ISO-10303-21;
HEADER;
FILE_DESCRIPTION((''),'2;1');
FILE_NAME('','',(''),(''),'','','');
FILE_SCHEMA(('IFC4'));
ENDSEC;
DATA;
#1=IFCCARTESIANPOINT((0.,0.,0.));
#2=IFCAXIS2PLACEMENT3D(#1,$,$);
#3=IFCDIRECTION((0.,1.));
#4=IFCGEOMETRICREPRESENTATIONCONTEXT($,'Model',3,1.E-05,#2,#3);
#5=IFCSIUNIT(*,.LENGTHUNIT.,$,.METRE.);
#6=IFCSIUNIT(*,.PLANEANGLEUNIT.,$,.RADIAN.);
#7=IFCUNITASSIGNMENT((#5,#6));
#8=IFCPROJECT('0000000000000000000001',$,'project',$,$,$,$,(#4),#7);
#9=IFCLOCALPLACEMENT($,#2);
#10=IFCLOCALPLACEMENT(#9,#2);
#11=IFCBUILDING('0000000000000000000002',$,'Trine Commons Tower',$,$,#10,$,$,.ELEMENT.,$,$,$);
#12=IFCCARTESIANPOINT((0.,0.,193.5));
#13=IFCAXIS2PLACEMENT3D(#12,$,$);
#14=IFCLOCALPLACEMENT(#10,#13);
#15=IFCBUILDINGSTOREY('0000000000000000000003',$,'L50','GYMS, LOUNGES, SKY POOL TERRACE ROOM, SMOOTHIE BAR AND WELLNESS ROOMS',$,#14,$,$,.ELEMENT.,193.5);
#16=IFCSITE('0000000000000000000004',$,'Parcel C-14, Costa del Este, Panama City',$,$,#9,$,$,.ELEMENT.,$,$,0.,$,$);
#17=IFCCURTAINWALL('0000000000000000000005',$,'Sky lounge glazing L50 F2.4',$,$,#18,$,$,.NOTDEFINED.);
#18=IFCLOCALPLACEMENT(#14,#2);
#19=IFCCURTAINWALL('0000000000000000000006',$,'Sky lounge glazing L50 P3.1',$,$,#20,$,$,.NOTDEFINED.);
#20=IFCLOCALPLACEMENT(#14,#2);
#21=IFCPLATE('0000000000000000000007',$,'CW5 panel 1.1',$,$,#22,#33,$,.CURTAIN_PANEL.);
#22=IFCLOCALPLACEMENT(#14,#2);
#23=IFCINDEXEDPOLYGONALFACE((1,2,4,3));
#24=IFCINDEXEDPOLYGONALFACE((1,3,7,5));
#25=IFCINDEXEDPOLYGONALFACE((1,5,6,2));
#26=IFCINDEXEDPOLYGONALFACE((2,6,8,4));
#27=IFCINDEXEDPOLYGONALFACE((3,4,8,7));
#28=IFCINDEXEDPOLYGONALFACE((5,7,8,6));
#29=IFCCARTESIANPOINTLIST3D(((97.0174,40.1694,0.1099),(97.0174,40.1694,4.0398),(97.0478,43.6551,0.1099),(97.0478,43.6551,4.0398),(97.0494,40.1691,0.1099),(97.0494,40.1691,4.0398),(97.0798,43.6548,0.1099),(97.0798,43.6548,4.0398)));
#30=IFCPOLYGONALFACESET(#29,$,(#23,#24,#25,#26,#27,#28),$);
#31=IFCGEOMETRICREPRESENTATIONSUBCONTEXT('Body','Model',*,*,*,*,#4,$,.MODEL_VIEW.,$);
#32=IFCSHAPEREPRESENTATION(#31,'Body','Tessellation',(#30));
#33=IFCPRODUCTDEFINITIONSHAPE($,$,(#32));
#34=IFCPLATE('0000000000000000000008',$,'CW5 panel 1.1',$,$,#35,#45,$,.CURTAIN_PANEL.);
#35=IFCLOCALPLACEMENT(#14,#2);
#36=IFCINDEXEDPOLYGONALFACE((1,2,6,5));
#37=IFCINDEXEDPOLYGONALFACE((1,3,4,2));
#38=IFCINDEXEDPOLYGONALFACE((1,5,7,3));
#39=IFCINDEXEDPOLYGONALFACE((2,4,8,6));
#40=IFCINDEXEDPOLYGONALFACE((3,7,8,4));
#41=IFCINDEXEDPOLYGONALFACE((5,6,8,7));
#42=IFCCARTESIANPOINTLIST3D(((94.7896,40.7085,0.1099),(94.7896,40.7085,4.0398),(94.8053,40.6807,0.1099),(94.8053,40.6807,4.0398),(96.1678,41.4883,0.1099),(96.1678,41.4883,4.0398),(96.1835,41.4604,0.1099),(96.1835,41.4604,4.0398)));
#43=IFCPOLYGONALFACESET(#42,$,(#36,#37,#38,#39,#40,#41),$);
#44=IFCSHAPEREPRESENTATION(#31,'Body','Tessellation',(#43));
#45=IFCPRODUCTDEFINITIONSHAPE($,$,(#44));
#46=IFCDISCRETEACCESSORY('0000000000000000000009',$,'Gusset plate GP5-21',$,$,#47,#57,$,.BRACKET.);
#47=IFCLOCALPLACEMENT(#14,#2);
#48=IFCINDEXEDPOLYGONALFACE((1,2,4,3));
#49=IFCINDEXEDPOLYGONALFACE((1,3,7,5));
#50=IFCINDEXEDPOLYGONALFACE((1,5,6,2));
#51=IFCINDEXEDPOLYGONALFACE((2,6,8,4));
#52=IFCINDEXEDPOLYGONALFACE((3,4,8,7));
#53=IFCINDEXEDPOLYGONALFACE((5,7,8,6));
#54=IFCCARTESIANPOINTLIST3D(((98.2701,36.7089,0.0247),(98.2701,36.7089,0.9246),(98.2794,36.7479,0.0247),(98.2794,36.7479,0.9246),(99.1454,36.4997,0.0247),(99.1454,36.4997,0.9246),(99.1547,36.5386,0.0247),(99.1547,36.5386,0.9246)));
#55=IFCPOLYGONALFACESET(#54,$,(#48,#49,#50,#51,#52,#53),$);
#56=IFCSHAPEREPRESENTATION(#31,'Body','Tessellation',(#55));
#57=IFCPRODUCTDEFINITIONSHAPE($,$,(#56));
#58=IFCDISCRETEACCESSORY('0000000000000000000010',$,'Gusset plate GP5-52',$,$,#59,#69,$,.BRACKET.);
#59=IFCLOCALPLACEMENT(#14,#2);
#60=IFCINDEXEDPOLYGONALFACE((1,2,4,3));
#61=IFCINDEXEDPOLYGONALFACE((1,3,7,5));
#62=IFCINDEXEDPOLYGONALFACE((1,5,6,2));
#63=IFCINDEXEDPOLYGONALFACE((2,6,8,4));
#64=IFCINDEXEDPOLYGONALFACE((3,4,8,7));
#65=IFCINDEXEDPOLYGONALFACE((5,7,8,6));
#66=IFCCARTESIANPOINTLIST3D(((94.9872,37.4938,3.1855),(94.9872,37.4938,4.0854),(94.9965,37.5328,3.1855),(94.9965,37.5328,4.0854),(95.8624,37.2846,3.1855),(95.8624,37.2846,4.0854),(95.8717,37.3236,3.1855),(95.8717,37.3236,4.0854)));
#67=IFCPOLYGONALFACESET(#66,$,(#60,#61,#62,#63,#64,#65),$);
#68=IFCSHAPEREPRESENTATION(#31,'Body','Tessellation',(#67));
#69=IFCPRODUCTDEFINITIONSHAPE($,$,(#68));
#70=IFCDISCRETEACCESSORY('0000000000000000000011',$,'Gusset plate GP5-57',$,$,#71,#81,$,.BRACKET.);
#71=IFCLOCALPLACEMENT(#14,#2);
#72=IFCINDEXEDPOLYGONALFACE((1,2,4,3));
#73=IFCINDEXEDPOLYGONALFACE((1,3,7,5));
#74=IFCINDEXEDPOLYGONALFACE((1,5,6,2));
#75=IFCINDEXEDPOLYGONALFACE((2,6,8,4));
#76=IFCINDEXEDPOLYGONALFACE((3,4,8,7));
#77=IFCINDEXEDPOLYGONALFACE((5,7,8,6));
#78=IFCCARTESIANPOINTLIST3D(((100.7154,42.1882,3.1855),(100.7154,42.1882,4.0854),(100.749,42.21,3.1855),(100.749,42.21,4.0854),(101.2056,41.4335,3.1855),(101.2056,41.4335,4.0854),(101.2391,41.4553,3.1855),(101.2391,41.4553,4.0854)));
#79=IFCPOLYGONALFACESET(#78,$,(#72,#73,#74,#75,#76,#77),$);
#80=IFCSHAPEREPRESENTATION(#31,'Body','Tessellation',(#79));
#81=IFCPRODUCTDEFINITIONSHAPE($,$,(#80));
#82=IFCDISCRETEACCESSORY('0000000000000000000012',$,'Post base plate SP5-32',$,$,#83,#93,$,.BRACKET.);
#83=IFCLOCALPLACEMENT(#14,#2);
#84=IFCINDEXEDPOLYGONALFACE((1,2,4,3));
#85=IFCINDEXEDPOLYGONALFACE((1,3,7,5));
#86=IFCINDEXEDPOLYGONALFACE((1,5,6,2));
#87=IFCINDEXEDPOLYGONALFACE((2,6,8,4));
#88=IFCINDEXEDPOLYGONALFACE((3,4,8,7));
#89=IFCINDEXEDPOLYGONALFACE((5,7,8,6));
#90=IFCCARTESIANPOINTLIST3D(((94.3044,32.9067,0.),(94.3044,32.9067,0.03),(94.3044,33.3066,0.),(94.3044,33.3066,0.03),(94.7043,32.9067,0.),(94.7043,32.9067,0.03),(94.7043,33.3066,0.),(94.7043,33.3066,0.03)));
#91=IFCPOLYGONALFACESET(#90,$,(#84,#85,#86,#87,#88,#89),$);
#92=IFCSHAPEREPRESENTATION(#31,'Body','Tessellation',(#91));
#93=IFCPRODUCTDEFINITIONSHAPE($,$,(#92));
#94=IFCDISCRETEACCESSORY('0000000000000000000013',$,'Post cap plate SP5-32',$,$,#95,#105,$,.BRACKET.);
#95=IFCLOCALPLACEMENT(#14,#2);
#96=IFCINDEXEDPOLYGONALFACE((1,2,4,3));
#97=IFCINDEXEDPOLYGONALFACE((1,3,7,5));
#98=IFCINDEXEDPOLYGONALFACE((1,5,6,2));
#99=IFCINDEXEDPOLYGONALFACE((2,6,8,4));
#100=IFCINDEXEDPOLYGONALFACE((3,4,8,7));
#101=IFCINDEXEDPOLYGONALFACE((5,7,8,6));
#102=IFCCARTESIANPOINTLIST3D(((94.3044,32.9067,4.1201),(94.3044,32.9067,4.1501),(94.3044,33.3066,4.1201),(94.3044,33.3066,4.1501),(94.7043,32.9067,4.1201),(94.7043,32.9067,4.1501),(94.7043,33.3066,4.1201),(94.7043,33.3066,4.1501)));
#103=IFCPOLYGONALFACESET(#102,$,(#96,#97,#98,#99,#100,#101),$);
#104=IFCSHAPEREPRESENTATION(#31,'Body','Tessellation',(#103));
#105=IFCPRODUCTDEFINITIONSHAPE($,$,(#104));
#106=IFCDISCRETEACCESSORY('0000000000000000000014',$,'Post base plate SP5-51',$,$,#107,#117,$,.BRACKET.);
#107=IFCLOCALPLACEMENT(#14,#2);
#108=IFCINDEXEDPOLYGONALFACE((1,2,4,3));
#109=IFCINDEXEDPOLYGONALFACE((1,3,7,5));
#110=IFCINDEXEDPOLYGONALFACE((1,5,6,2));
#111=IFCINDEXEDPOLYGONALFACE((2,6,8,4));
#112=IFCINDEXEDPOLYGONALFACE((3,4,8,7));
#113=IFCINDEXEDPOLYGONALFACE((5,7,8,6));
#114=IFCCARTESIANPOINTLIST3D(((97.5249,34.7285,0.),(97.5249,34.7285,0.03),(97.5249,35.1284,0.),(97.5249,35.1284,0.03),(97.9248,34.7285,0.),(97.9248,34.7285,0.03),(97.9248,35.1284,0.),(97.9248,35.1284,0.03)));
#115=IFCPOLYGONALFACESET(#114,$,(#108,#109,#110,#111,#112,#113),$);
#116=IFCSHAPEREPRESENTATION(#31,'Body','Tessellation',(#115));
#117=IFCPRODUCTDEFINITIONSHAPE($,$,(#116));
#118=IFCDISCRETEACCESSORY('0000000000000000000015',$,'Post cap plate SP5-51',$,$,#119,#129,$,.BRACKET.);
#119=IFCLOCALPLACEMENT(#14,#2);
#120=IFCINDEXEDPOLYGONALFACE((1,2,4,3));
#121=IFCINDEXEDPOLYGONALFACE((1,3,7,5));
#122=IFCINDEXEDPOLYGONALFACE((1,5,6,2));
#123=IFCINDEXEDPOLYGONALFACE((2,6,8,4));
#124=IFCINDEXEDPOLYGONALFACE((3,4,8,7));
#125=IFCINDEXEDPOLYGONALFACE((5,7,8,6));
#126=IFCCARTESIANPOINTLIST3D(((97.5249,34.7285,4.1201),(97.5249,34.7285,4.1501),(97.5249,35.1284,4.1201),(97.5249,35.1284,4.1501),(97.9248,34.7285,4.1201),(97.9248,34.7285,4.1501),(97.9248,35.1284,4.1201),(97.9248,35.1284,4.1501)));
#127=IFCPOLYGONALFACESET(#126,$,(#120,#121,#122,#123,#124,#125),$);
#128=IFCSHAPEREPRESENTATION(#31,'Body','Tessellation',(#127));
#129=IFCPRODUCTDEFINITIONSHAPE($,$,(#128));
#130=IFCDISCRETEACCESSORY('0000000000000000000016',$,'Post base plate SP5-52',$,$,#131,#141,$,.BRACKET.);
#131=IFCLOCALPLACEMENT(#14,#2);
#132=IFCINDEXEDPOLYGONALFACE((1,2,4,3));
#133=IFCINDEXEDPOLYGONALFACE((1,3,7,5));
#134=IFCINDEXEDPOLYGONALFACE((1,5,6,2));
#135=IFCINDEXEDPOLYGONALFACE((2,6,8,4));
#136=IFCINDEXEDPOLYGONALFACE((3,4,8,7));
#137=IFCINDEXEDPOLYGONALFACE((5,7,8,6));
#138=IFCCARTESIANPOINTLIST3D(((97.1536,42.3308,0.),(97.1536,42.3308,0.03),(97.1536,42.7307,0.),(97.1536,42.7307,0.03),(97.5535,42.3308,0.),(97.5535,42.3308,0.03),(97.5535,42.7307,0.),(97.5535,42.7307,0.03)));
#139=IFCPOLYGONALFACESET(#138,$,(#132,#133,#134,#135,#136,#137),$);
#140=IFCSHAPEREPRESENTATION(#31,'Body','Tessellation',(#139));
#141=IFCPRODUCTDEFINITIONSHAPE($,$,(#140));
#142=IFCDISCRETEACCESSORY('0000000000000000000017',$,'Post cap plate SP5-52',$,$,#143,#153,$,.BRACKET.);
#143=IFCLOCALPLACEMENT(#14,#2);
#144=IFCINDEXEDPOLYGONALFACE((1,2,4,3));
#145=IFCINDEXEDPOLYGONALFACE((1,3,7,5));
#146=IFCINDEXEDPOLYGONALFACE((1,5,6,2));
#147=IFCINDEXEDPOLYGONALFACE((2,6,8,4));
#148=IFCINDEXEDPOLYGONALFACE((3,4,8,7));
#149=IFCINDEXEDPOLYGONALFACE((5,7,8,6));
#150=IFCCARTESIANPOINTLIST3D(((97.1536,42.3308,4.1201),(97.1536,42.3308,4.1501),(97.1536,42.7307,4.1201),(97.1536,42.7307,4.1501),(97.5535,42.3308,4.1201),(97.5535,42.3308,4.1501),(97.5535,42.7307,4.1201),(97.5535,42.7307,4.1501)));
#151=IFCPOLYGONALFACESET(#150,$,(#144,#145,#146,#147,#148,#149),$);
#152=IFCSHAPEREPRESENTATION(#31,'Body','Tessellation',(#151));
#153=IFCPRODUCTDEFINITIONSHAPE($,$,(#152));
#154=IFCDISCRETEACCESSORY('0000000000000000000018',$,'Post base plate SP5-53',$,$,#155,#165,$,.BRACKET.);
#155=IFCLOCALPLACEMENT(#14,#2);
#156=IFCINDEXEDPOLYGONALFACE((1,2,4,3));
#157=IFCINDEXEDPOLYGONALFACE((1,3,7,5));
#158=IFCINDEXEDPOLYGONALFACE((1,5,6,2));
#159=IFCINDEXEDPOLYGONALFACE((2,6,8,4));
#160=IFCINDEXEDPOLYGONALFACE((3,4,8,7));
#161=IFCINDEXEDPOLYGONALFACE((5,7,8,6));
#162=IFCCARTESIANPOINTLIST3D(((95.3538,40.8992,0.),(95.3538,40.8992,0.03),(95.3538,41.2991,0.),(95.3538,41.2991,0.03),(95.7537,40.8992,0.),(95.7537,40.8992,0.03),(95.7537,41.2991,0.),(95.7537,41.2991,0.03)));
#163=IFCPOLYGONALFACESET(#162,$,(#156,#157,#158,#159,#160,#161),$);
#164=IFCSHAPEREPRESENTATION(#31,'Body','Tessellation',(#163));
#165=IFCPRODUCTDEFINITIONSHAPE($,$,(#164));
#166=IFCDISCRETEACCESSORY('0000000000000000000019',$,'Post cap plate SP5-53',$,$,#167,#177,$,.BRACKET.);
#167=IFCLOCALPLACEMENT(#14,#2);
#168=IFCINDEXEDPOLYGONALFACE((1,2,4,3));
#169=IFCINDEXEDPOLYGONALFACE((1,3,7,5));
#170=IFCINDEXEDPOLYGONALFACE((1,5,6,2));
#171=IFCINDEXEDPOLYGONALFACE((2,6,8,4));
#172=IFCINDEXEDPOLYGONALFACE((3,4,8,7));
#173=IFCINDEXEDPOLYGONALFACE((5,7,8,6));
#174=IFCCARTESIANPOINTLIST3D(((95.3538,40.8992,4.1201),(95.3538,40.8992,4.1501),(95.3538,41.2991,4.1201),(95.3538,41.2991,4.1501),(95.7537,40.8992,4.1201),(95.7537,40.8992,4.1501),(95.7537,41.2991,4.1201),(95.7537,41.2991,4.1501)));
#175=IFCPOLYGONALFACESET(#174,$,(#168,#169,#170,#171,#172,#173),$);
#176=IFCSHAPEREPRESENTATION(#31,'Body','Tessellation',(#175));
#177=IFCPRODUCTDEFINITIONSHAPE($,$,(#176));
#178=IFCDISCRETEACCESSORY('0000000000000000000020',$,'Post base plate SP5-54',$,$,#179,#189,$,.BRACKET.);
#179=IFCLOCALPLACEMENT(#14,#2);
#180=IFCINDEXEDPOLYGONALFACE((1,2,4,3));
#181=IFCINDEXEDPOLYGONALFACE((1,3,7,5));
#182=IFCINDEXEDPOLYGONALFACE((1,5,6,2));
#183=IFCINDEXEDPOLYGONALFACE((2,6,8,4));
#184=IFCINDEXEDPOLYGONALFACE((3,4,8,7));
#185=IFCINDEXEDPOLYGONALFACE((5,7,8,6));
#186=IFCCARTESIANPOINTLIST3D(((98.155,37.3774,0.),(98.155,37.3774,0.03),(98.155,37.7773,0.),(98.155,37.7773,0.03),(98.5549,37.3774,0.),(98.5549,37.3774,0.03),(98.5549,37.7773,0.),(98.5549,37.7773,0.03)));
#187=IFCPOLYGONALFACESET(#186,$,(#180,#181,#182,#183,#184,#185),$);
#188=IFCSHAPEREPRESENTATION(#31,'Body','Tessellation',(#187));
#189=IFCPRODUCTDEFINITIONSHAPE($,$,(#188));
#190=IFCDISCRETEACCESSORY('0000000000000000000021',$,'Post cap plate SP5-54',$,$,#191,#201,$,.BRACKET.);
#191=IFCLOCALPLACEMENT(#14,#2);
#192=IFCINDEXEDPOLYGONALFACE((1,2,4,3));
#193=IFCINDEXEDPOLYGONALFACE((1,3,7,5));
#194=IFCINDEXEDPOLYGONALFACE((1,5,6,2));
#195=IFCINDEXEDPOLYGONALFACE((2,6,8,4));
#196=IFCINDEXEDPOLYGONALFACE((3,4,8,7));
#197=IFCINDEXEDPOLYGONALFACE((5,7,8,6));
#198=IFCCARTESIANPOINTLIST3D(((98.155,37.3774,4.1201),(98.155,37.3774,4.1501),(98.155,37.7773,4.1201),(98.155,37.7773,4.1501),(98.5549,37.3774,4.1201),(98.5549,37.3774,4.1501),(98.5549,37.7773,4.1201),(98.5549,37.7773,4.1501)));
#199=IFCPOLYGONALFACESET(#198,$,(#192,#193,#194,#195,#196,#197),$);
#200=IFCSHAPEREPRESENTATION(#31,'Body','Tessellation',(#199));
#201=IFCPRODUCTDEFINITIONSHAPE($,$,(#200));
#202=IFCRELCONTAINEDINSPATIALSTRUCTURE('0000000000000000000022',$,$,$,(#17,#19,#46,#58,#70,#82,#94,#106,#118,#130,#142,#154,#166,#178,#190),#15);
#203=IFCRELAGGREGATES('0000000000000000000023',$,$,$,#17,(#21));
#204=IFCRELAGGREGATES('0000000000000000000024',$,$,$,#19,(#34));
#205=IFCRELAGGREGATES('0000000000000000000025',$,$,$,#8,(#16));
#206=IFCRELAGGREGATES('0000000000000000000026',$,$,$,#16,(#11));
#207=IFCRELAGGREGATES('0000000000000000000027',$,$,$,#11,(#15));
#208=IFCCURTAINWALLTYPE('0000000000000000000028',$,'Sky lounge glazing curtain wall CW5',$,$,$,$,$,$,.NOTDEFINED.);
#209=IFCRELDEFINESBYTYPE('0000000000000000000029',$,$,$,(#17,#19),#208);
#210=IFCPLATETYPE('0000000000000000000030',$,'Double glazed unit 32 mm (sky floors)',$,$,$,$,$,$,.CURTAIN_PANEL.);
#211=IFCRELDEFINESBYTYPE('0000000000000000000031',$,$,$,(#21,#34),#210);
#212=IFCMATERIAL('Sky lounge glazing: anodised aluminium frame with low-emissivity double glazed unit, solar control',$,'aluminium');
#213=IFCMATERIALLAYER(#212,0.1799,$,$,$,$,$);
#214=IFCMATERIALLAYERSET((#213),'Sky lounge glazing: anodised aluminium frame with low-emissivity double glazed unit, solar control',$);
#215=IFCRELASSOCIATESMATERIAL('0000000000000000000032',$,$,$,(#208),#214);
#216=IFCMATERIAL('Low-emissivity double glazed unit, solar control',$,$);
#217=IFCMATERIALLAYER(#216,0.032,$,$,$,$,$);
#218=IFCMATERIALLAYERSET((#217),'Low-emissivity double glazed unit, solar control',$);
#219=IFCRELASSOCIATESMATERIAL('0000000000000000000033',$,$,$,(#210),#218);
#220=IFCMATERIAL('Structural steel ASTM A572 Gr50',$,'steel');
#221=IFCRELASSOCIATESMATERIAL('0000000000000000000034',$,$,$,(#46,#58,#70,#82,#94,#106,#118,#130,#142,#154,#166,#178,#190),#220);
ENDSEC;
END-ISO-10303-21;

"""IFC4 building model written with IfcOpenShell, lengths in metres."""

from ifc_helpers import new_model, si_unit, direction, frame, origin, origin_2d, place, context, subcontext, project, spatial, rectangle, extrude, material, layer, layer_set, type_object, element, aggregate, save


model = new_model("IFC4")

# Units and contexts
model_context = context("Model", 3, precision=1e-05, world=origin(), true_north=direction((0.0, 1.0)))
body_context = subcontext(model_context, "Body", "Model", "MODEL_VIEW")
ifc_project = project(units=[si_unit("LENGTHUNIT", "METRE"), si_unit("PLANEANGLEUNIT", "RADIAN")], contexts=[model_context])

# Site, building, storey
site_placement = place(None, origin())
site = spatial("IfcSite", under=ifc_project, at=site_placement, Name="Parcel C-14, Costa del Este, Panama City", CompositionType="ELEMENT", RefElevation=0.0)
building_placement = place(site_placement, origin())
building = spatial("IfcBuilding", under=site, at=building_placement, Name="Trine Commons Tower", CompositionType="ELEMENT")
storey_placement = place(building_placement, frame((0.0, 0.0, 193.5)))
storey = spatial("IfcBuildingStorey", under=building, at=storey_placement, Name="L50", Description="GYMS, LOUNGES, SKY POOL TERRACE ROOM, SMOOTHIE BAR AND WELLNESS ROOMS", CompositionType="ELEMENT", Elevation=193.5)

# Curtain wall
ifc_material_1 = material(Name="Sky lounge glazing: anodised aluminium frame with low-emissivity double glazed unit, solar control", Category="aluminium")
ifc_layer_1 = layer(ifc_material_1, 0.1799)
ifc_layer_set_1 = layer_set([ifc_layer_1], Name="Sky lounge glazing: anodised aluminium frame with low-emissivity double glazed unit, solar control")
curtain_wall_type = type_object("IfcCurtainWallType", Name="Sky lounge glazing curtain wall CW5", PredefinedType="NOTDEFINED", material=ifc_layer_set_1)
curtain_wall_1_placement = place(storey_placement, origin())
curtain_wall_1 = element("IfcCurtainWall", 1, at=curtain_wall_1_placement, inside=storey, type_object=curtain_wall_type, Name="Sky lounge glazing L50 F2.4", PredefinedType="NOTDEFINED")

# Curtain wall
curtain_wall_2_placement = place(storey_placement, origin())
curtain_wall_2 = element("IfcCurtainWall", 2, at=curtain_wall_2_placement, inside=storey, type_object=curtain_wall_type, Name="Sky lounge glazing L50 P3.1", PredefinedType="NOTDEFINED")

# Plates
ifc_material_2 = material(Name="Low-emissivity double glazed unit, solar control")
ifc_layer_2 = layer(ifc_material_2, 0.032)
ifc_layer_set_2 = layer_set([ifc_layer_2], Name="Low-emissivity double glazed unit, solar control")
plate_type = type_object("IfcPlateType", Name="Double glazed unit 32 mm (sky floors)", PredefinedType="CURTAIN_PANEL", material=ifc_layer_set_2)
plate_1_placement = place(storey_placement, frame((97.0486, 41.9121, 0.1099), z_axis=(0.0, 0.0, 1.0), x_axis=(-0.008727, -0.999962, 0.0)))
plate_1 = element("IfcPlate", 3, at=plate_1_placement, type_object=plate_type, Name="CW5 panel 1.1", PredefinedType="CURTAIN_PANEL", context=body_context, shape_type="SweptSolid", body=[
    extrude(rectangle(XDim=3.4858, YDim=0.032, at=origin_2d()), origin(), (0.0, 0.0, 1.0), 3.9299),
])
aggregate(curtain_wall_1, [plate_1])
plate_2_placement = place(storey_placement, frame((95.4866, 41.0845, 0.1099), z_axis=(0.0, 0.0, 1.0), x_axis=(-0.870356, -0.492424, 0.0)))
plate_2 = element("IfcPlate", 4, at=plate_2_placement, type_object=plate_type, Name="CW5 panel 1.1", PredefinedType="CURTAIN_PANEL", context=body_context, shape_type="SweptSolid", body=[
    extrude(rectangle(XDim=1.5835, YDim=0.032, at=origin_2d()), origin(), (0.0, 0.0, 1.0), 3.9299),
])
aggregate(curtain_wall_2, [plate_2])

# Discrete accessories
ifc_material_3 = material(Name="Structural steel ASTM A572 Gr50", Category="steel")
for number, where, z_axis, x_axis, name in (
    (5, (98.7124, 36.6238, 0.0247), (0.0, 0.0, 1.0), (-0.972598, 0.232495, 0.0), "Gusset plate GP5-21"),
    (6, (95.4294, 37.4087, 3.1855), (0.0, 0.0, 1.0), (-0.972598, 0.232495, 0.0), "Gusset plate GP5-52"),
    (7, (100.9773, 41.8218, 3.1855), (0.0, 0.0, 1.0), (0.544639, -0.838671, 0.0), "Gusset plate GP5-57"),
):
    element("IfcDiscreteAccessory", number, at=place(storey_placement, frame(where, z_axis=z_axis, x_axis=x_axis)), inside=storey, material=ifc_material_3, Name=name, PredefinedType="BRACKET", context=body_context, shape_type="SweptSolid", body=[
        extrude(rectangle(XDim=0.8999, YDim=0.04, at=origin_2d()), origin(), (0.0, 0.0, 1.0), 0.8999),
    ])
for number, where, z_axis, x_axis, name in (
    (8, (94.5044, 33.1067, 0.0), (0.0, 0.0, 1.0), (1.0, 0.0, 0.0), "Post base plate SP5-32"),
    (9, (94.5044, 33.1067, 4.1201), (0.0, 0.0, 1.0), (1.0, 0.0, 0.0), "Post cap plate SP5-32"),
    (10, (97.7249, 34.9285, 0.0), (0.0, 0.0, 1.0), (1.0, 0.0, 0.0), "Post base plate SP5-51"),
    (11, (97.7249, 34.9285, 4.1201), (0.0, 0.0, 1.0), (1.0, 0.0, 0.0), "Post cap plate SP5-51"),
    (12, (97.3535, 42.5308, 0.0), (0.0, 0.0, 1.0), (1.0, 0.0, 0.0), "Post base plate SP5-52"),
    (13, (97.3535, 42.5308, 4.1201), (0.0, 0.0, 1.0), (1.0, 0.0, 0.0), "Post cap plate SP5-52"),
    (14, (95.5537, 41.0991, 0.0), (0.0, 0.0, 1.0), (1.0, 0.0, 0.0), "Post base plate SP5-53"),
    (15, (95.5537, 41.0991, 4.1201), (0.0, 0.0, 1.0), (1.0, 0.0, 0.0), "Post cap plate SP5-53"),
    (16, (98.355, 37.5774, 0.0), (0.0, 0.0, 1.0), (1.0, 0.0, 0.0), "Post base plate SP5-54"),
    (17, (98.355, 37.5774, 4.1201), (0.0, 0.0, 1.0), (1.0, 0.0, 0.0), "Post cap plate SP5-54"),
):
    element("IfcDiscreteAccessory", number, at=place(storey_placement, frame(where, z_axis=z_axis, x_axis=x_axis)), inside=storey, material=ifc_material_3, Name=name, PredefinedType="BRACKET", context=body_context, shape_type="SweptSolid", body=[
        extrude(rectangle(XDim=0.3999, YDim=0.3999, at=origin_2d()), origin(), (0.0, 0.0, 1.0), 0.03),
    ])

save(model, "model.ifc")
